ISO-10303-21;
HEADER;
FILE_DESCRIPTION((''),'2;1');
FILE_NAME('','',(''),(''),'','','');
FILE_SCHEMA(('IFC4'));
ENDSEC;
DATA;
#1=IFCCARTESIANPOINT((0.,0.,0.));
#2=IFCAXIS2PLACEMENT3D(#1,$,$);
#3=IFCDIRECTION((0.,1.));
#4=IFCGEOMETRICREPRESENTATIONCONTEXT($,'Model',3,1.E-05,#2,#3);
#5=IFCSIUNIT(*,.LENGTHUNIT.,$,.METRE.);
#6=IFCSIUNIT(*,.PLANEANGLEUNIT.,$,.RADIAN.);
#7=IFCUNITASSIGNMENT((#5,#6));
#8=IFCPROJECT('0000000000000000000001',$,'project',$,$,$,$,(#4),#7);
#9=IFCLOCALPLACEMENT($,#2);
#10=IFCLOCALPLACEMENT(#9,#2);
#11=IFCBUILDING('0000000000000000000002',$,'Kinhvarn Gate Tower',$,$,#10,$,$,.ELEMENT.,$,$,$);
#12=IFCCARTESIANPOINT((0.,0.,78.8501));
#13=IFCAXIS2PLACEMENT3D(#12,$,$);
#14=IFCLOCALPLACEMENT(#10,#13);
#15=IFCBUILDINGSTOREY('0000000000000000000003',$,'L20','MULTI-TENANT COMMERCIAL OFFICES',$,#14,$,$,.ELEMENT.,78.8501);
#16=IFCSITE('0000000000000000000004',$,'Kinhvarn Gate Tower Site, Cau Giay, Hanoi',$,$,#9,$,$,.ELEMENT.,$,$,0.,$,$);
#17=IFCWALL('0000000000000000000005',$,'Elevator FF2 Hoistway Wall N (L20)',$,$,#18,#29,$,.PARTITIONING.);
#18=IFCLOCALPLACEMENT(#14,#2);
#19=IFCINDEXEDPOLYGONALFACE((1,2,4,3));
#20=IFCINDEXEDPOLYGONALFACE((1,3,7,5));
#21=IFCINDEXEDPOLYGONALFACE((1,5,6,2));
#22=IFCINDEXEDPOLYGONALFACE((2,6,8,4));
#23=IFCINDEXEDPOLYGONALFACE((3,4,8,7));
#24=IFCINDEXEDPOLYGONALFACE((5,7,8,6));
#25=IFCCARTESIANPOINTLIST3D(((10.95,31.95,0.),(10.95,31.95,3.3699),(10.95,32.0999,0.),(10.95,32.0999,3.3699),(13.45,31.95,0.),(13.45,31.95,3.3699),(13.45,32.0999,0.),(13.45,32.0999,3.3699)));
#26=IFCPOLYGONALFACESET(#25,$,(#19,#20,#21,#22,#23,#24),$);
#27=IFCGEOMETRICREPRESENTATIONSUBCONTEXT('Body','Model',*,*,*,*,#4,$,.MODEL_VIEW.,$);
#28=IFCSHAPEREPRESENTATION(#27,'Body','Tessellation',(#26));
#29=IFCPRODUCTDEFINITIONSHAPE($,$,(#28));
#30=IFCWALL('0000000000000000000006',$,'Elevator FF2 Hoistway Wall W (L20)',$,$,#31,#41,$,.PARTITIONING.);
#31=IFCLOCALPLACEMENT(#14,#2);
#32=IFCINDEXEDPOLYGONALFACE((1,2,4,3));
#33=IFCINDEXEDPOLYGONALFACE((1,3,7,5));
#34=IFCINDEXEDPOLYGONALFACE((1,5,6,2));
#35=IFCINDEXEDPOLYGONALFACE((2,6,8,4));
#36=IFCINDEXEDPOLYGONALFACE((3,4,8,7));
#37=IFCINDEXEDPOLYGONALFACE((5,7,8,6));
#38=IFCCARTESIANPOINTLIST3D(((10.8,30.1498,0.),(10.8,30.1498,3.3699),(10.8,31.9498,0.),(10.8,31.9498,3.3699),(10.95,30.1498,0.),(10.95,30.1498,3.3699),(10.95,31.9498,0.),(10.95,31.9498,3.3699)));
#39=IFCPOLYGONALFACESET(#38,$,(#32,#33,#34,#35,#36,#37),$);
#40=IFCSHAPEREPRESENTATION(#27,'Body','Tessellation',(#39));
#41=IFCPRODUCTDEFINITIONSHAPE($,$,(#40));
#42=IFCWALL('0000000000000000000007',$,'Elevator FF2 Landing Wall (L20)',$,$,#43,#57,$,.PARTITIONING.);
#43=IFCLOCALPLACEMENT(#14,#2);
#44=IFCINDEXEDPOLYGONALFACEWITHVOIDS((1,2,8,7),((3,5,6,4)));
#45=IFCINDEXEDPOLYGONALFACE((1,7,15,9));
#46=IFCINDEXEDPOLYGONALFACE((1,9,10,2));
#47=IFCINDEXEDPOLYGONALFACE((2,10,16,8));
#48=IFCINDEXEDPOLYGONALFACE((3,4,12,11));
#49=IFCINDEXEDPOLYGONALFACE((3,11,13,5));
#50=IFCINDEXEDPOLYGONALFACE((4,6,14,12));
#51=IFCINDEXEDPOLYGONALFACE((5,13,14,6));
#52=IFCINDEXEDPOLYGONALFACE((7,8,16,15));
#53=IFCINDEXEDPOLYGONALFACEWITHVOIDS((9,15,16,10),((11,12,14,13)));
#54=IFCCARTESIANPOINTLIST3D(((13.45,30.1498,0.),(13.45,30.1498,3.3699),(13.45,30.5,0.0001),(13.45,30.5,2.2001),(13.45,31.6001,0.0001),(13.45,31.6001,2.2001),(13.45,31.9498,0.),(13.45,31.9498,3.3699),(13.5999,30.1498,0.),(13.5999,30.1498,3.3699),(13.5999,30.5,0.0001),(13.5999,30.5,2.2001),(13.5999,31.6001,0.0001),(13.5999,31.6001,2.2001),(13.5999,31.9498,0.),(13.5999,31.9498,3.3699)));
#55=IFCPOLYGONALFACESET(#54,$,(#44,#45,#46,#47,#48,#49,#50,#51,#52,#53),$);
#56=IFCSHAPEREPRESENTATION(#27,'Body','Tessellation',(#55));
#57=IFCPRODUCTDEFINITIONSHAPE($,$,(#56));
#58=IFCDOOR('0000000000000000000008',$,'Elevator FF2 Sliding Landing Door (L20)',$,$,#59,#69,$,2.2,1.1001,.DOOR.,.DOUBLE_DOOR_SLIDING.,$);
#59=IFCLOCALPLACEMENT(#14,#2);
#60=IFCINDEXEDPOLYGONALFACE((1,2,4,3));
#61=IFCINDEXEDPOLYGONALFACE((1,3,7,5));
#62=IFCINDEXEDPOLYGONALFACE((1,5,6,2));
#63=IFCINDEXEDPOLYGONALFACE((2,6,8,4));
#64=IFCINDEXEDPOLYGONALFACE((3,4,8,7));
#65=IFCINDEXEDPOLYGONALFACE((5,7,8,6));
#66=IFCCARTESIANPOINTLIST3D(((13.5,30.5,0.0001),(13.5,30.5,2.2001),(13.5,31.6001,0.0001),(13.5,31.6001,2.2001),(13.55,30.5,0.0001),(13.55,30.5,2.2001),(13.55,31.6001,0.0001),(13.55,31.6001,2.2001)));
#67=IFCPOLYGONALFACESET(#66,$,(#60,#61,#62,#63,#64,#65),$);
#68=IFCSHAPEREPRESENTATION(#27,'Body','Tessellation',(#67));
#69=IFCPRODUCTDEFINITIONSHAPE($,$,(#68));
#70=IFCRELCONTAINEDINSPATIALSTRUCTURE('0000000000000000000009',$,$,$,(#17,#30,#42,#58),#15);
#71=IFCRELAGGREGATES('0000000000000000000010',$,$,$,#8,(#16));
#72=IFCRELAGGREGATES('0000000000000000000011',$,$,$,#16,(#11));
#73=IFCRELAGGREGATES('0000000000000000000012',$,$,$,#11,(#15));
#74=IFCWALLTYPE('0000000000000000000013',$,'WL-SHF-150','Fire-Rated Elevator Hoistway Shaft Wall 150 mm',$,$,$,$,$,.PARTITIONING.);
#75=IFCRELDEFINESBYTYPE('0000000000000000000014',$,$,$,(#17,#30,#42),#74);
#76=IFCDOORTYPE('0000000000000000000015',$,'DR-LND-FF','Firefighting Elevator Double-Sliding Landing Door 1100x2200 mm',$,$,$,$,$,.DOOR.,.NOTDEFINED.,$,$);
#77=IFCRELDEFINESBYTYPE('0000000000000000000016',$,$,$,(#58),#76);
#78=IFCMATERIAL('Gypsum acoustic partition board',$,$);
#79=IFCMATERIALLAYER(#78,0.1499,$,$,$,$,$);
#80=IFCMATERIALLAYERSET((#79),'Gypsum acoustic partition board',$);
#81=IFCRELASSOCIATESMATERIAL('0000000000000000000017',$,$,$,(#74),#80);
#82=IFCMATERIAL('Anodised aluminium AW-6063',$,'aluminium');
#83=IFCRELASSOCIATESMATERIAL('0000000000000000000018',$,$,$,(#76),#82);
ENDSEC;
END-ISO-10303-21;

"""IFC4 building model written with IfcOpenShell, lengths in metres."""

from ifc_helpers import new_model, si_unit, direction, frame, frame_2d, origin, place, context, subcontext, project, spatial, rectangle, extrude, material, layer, layer_set, type_object, element, fill, save


model = new_model("IFC4")

# Units and contexts
model_context = context("Model", 3, precision=1e-05, world=origin(), true_north=direction((0.0, 1.0)))
body_context = subcontext(model_context, "Body", "Model", "MODEL_VIEW")
ifc_project = project(units=[si_unit("LENGTHUNIT", "METRE"), si_unit("PLANEANGLEUNIT", "RADIAN")], contexts=[model_context])

# Site, building, storey
site_placement = place(None, origin())
site = spatial("IfcSite", under=ifc_project, at=site_placement, Name="Kinhvarn Gate Tower Site, Cau Giay, Hanoi", CompositionType="ELEMENT", RefElevation=0.0)
building_placement = place(site_placement, origin())
building = spatial("IfcBuilding", under=site, at=building_placement, Name="Kinhvarn Gate Tower", CompositionType="ELEMENT")
storey_placement = place(building_placement, frame((0.0, 0.0, 78.8501)))
storey = spatial("IfcBuildingStorey", under=building, at=storey_placement, Name="L20", Description="MULTI-TENANT COMMERCIAL OFFICES", CompositionType="ELEMENT", Elevation=78.8501)

# Shared definitions
ifc_material_1 = material(Name="Anodised aluminium AW-6063", Category="aluminium")
ifc_material_2 = material(Name="Gypsum acoustic partition board")

# Shared definitions
ifc_layer_1 = layer(ifc_material_2, 0.1499)
ifc_layer_set_1 = layer_set([ifc_layer_1], Name="Gypsum acoustic partition board")
wall_type_1 = type_object("IfcWallType", Name="WL-SHF-150", Description="Fire-Rated Elevator Hoistway Shaft Wall 150 mm", PredefinedType="PARTITIONING", material=ifc_layer_set_1)

# Walls
wall_1_placement = place(storey_placement, frame((10.95, 32.0249, 0.0), z_axis=(0.0, 0.0, 1.0), x_axis=(1.0, 0.0, 0.0)))
element("IfcWall", 1, at=wall_1_placement, inside=storey, type_object=wall_type_1, Name="Elevator FF2 Hoistway Wall N (L20)", PredefinedType="PARTITIONING", context=body_context, shape_type="SweptSolid", body=[
    extrude(rectangle(XDim=2.5, YDim=0.1499, at=frame_2d((1.25, 0.0))), origin(), (0.0, 0.0, 1.0), 3.3699),
])
wall_2_placement = place(storey_placement, frame((10.875, 30.1499, 0.0), z_axis=(0.0, 0.0, 1.0), x_axis=(0.0, 1.0, 0.0)))
element("IfcWall", 2, at=wall_2_placement, inside=storey, type_object=wall_type_1, Name="Elevator FF2 Hoistway Wall W (L20)", PredefinedType="PARTITIONING", context=body_context, shape_type="SweptSolid", body=[
    extrude(rectangle(XDim=1.8, YDim=0.1499, at=frame_2d((0.8999, 0.0))), origin(), (0.0, 0.0, 1.0), 3.3699),
])

# Wall, opening, door
wall_3_placement = place(storey_placement, frame((13.5249, 30.1499, 0.0), z_axis=(0.0, 0.0, 1.0), x_axis=(0.0, 1.0, 0.0)))
wall_3 = element("IfcWall", 3, at=wall_3_placement, inside=storey, type_object=wall_type_1, Name="Elevator FF2 Landing Wall (L20)", PredefinedType="PARTITIONING", context=body_context, shape_type="SweptSolid", body=[
    extrude(rectangle(XDim=1.8, YDim=0.1499, at=frame_2d((0.8999, 0.0))), origin(), (0.0, 0.0, 1.0), 3.3699),
])
opening_1_placement = place(wall_3_placement, frame((0.3501, 0.0, 0.0)))
opening_1 = element("IfcOpeningElement", 4, at=opening_1_placement, cuts=wall_3, PredefinedType="OPENING", context=body_context, shape_type="SweptSolid", body=[
    extrude(rectangle(XDim=1.1001, YDim=2.2, at=frame_2d((0.55, 1.1001))), frame((0.0, 0.085, 0.0), z_axis=(0.0, -1.0, 0.0), x_axis=(1.0, 0.0, 0.0)), (0.0, 0.0, 1.0), 0.1699),
])
door_type_1 = type_object("IfcDoorType", Name="DR-LND-FF", Description="Firefighting Elevator Double-Sliding Landing Door 1100x2200 mm", OperationType="NOTDEFINED", PredefinedType="DOOR", material=ifc_material_1)
door_1_placement = place(opening_1_placement, origin())
door_1 = element("IfcDoor", 5, at=door_1_placement, inside=storey, type_object=door_type_1, Name="Elevator FF2 Sliding Landing Door (L20)", OperationType="DOUBLE_DOOR_SLIDING", OverallHeight=2.2, OverallWidth=1.1001, PredefinedType="DOOR", context=body_context, shape_type="SweptSolid", body=[
    extrude(rectangle(XDim=1.1001, YDim=2.2, at=frame_2d((0.55, 1.1001))), frame((0.0, 0.0249, 0.0), z_axis=(0.0, -1.0, 0.0), x_axis=(1.0, 0.0, 0.0)), (0.0, 0.0, 1.0), 0.05),
])
fill(opening_1, door_1)

save(model, "model.ifc")
